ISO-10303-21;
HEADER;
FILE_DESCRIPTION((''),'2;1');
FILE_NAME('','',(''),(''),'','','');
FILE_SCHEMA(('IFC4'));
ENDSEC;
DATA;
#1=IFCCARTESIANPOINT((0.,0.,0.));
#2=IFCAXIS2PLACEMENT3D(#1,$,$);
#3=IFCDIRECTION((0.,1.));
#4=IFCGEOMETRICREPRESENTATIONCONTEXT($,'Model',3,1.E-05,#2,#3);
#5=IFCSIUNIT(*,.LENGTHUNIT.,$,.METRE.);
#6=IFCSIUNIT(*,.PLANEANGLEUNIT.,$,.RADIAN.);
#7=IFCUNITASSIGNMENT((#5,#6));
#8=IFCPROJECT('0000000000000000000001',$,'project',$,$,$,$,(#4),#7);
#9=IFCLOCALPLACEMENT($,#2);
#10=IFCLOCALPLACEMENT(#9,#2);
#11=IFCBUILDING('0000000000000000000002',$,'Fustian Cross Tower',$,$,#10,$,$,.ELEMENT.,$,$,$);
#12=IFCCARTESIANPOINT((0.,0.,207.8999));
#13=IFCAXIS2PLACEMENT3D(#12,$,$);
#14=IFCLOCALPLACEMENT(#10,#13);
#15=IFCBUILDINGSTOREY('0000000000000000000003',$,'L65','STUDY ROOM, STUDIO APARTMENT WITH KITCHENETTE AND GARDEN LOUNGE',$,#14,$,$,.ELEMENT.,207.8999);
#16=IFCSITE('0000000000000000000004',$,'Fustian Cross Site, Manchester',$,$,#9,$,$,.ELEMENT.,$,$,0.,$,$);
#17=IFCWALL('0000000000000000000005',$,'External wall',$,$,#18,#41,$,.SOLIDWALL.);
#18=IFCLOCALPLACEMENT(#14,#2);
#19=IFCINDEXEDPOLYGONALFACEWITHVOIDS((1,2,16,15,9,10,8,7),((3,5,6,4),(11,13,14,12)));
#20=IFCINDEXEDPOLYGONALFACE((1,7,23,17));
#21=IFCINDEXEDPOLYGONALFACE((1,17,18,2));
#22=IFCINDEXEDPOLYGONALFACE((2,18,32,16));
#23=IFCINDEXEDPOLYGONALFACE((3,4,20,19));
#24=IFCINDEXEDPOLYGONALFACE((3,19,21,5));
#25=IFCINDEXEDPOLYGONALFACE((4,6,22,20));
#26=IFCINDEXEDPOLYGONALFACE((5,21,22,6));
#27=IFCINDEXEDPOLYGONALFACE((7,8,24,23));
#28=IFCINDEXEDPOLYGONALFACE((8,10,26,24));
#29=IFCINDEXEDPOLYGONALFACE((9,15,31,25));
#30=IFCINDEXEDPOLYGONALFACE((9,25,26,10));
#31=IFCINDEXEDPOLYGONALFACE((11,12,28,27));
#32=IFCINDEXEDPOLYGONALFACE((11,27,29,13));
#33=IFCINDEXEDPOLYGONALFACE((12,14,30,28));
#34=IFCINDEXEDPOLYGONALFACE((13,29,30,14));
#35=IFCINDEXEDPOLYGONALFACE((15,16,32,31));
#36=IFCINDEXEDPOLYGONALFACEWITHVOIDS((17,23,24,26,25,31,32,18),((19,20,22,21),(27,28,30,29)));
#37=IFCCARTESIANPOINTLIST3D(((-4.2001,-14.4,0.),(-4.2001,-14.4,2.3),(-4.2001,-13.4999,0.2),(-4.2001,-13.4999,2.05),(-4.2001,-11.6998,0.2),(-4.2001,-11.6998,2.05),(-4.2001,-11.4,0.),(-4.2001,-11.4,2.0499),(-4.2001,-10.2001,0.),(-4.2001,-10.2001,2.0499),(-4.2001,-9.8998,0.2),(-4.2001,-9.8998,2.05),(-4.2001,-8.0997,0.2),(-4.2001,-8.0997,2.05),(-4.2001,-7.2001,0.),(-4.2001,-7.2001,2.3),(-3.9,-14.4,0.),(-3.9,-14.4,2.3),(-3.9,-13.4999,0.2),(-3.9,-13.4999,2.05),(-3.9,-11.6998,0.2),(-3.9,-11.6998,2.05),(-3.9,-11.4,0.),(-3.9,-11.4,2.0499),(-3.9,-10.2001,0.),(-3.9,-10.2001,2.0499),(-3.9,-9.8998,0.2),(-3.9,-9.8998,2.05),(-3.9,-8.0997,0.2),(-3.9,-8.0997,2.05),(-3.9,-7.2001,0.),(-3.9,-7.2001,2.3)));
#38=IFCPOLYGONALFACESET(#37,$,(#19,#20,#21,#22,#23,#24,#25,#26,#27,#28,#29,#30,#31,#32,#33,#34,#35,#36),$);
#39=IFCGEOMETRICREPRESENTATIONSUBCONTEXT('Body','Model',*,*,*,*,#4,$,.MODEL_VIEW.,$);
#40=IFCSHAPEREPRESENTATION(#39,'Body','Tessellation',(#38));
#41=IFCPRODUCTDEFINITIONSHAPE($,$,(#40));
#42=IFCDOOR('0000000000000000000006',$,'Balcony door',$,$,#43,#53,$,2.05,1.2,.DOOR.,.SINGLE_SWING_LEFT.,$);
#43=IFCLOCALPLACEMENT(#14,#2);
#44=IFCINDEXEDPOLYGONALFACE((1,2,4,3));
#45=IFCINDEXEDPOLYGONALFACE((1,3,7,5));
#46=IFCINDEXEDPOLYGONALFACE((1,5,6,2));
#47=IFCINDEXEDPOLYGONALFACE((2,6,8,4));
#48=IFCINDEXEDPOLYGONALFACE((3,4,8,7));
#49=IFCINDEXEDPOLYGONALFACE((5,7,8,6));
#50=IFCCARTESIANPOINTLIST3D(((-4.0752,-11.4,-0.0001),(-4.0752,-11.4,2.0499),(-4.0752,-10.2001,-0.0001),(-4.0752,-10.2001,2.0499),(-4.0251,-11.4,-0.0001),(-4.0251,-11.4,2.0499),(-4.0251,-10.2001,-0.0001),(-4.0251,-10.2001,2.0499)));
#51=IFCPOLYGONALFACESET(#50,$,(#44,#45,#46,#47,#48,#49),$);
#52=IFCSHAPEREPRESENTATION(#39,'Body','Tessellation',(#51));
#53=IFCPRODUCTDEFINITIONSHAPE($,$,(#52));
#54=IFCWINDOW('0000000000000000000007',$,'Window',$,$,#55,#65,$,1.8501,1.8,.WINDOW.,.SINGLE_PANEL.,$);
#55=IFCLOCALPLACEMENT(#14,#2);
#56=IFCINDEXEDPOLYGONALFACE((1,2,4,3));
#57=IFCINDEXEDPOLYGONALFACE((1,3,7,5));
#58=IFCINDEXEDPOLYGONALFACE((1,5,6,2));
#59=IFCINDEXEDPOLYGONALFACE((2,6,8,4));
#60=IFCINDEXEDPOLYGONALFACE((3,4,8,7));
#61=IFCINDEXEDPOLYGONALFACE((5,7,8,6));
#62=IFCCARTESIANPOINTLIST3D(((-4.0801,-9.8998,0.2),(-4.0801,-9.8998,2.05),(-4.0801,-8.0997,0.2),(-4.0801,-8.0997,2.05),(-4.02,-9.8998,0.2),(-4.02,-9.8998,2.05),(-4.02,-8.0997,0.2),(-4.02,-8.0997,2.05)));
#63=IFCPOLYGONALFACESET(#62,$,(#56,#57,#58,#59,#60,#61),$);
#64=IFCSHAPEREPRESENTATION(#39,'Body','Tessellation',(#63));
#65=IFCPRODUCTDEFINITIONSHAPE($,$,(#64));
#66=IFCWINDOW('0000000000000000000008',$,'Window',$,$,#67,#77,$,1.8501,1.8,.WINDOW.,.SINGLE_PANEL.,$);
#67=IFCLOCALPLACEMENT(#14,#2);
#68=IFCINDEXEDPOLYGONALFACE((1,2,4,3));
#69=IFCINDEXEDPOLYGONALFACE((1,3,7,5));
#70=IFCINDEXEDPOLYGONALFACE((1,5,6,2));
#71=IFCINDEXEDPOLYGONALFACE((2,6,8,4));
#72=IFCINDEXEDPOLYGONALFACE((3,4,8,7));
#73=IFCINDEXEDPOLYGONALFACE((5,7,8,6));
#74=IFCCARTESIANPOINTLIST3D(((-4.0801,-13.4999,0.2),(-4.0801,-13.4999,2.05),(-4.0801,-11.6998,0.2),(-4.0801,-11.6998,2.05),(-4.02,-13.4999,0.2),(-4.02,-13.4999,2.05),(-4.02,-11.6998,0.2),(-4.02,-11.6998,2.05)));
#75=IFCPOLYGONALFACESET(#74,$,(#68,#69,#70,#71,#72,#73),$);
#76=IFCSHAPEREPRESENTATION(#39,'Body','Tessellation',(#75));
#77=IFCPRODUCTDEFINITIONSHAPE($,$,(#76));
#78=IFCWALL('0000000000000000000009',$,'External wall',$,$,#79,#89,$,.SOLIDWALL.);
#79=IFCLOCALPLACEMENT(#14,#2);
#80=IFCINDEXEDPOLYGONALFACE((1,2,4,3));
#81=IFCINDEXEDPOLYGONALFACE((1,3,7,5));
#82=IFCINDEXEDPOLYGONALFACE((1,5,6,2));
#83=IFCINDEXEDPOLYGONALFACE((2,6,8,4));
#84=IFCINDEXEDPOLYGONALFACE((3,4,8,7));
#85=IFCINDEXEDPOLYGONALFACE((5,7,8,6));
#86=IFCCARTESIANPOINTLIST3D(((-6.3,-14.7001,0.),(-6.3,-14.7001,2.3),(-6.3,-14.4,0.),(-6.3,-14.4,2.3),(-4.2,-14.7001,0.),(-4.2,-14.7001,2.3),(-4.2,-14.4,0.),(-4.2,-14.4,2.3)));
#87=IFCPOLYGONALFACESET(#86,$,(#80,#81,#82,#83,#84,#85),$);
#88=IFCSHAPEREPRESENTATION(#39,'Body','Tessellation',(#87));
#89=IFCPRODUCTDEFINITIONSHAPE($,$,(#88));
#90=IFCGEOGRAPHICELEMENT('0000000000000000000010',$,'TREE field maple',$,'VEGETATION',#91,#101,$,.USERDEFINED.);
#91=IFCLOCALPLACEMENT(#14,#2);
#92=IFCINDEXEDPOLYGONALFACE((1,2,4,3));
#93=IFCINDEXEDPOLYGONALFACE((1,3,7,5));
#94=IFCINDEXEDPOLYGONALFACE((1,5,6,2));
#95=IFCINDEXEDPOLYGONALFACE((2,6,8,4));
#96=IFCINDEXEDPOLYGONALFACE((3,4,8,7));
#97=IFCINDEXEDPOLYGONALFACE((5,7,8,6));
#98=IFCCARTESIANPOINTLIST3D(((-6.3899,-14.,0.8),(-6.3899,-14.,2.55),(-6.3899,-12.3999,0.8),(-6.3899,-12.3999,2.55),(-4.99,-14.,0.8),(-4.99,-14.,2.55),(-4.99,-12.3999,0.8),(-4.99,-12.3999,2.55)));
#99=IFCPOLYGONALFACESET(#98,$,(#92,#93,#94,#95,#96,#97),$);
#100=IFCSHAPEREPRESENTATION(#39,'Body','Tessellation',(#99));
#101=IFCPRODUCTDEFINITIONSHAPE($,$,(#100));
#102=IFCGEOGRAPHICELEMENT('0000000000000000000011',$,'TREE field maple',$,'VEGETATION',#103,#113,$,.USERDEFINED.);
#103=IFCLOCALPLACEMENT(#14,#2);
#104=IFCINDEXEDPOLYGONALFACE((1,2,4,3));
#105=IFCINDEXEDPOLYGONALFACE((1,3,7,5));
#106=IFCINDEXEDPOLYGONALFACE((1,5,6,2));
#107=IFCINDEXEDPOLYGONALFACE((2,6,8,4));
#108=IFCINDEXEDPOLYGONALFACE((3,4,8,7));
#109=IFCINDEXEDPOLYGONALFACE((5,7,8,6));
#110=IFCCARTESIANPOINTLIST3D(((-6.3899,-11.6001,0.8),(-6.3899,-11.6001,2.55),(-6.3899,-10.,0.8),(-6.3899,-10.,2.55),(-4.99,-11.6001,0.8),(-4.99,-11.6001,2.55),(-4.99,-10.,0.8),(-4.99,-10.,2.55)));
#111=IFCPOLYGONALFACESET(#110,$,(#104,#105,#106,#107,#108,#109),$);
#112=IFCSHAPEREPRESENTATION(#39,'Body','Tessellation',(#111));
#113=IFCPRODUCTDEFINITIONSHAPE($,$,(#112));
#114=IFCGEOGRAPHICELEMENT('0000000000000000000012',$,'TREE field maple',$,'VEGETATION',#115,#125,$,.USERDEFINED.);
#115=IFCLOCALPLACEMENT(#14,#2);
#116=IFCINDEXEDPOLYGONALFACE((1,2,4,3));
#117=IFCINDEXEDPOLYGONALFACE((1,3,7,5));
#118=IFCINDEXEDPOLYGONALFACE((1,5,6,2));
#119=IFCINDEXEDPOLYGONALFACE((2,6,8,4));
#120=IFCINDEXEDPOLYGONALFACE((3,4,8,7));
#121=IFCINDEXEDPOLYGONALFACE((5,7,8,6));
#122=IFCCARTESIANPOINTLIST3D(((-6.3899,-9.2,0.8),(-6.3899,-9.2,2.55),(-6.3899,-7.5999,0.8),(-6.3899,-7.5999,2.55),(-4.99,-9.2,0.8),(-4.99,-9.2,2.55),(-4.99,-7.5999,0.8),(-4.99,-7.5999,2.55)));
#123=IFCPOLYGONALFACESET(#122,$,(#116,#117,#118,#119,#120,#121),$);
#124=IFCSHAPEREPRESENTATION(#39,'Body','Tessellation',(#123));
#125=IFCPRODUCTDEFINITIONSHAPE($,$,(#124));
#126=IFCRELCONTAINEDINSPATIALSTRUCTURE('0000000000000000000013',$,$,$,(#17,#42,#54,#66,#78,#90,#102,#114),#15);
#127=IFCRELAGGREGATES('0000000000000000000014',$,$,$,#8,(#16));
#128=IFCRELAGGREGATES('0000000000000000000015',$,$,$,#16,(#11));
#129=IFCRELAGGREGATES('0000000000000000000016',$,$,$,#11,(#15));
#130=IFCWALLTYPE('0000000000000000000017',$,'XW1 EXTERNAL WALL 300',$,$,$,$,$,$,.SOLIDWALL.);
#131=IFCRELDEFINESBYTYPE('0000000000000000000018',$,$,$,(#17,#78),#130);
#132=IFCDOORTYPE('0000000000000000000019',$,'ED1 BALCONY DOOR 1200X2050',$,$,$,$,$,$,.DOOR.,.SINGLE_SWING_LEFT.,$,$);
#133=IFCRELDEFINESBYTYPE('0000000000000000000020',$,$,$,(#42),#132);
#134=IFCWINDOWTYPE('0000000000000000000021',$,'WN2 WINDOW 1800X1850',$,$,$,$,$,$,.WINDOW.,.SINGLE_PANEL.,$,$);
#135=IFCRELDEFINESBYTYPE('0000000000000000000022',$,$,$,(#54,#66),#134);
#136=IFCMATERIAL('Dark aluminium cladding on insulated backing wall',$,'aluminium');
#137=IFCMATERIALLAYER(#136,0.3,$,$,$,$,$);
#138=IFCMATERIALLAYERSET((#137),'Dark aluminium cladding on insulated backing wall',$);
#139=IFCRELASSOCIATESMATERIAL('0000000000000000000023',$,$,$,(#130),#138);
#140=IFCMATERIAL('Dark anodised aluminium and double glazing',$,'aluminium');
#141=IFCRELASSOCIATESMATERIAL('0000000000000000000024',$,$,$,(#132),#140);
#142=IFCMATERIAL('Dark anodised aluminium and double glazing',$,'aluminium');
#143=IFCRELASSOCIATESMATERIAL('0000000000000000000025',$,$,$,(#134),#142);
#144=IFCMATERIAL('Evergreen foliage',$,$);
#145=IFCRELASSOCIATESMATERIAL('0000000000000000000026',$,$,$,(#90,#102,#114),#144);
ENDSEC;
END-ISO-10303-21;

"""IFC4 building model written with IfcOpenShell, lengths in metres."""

from ifc_helpers import new_model, si_unit, direction, frame, frame_2d, origin, origin_2d, place, context, subcontext, project, spatial, rectangle, extrude, material, layer, layer_set, type_object, element, fill, save


model = new_model("IFC4")

# Units and contexts
model_context = context("Model", 3, precision=1e-05, world=origin(), true_north=direction((0.0, 1.0)))
body_context = subcontext(model_context, "Body", "Model", "MODEL_VIEW")
ifc_project = project(units=[si_unit("LENGTHUNIT", "METRE"), si_unit("PLANEANGLEUNIT", "RADIAN")], contexts=[model_context])

# Site, building, storey
site_placement = place(None, origin())
site = spatial("IfcSite", under=ifc_project, at=site_placement, Name="Fustian Cross Site, Manchester", CompositionType="ELEMENT", RefElevation=0.0)
building_placement = place(site_placement, origin())
building = spatial("IfcBuilding", under=site, at=building_placement, Name="Fustian Cross Tower", CompositionType="ELEMENT")
storey_placement = place(building_placement, frame((0.0, 0.0, 207.8999)))
storey = spatial("IfcBuildingStorey", under=building, at=storey_placement, Name="L65", Description="STUDY ROOM, STUDIO APARTMENT WITH KITCHENETTE AND GARDEN LOUNGE", CompositionType="ELEMENT", Elevation=207.8999)

# Wall, openings, door, windows
ifc_material_1 = material(Name="Dark aluminium cladding on insulated backing wall", Category="aluminium")
ifc_layer_1 = layer(ifc_material_1, 0.3)
ifc_layer_set_1 = layer_set([ifc_layer_1], Name="Dark aluminium cladding on insulated backing wall")
wall_type_1 = type_object("IfcWallType", Name="XW1 EXTERNAL WALL 300", PredefinedType="SOLIDWALL", material=ifc_layer_set_1)
wall_1_placement = place(storey_placement, frame((-4.05, -7.2, 0.0), z_axis=(0.0, 0.0, 1.0), x_axis=(0.0, -1.0, 0.0)))
wall_1 = element("IfcWall", 1, at=wall_1_placement, inside=storey, type_object=wall_type_1, Name="External wall", PredefinedType="SOLIDWALL", context=body_context, shape_type="SweptSolid", body=[
    extrude(rectangle(XDim=7.2, YDim=0.3, at=frame_2d((3.6001, 0.0))), origin(), (0.0, 0.0, 1.0), 2.3),
])
opening_1_placement = place(wall_1_placement, frame((3.0, 0.0, 0.0)))
opening_1 = element("IfcOpeningElement", 2, at=opening_1_placement, cuts=wall_1, PredefinedType="OPENING", context=body_context, shape_type="SweptSolid", body=[
    extrude(rectangle(XDim=1.2, YDim=2.05, at=frame_2d((0.6001, 1.0249))), frame((0.0, 0.1599, 0.0), z_axis=(0.0, -1.0, 0.0), x_axis=(1.0, 0.0, 0.0)), (0.0, 0.0, 1.0), 0.3201),
])
opening_2_placement = place(wall_1_placement, frame((0.8999, 0.0, 0.2)))
opening_2 = element("IfcOpeningElement", 3, at=opening_2_placement, cuts=wall_1, PredefinedType="OPENING", context=body_context, shape_type="SweptSolid", body=[
    extrude(rectangle(XDim=1.8, YDim=1.8501, at=frame_2d((0.8999, 0.925))), frame((0.0, 0.1599, 0.0), z_axis=(0.0, -1.0, 0.0), x_axis=(1.0, 0.0, 0.0)), (0.0, 0.0, 1.0), 0.3201),
])
opening_3_placement = place(wall_1_placement, frame((4.5, 0.0, 0.2)))
opening_3 = element("IfcOpeningElement", 4, at=opening_3_placement, cuts=wall_1, PredefinedType="OPENING", context=body_context, shape_type="SweptSolid", body=[
    extrude(rectangle(XDim=1.8, YDim=1.8501, at=frame_2d((0.8999, 0.925))), frame((0.0, 0.1599, 0.0), z_axis=(0.0, -1.0, 0.0), x_axis=(1.0, 0.0, 0.0)), (0.0, 0.0, 1.0), 0.3201),
])
ifc_material_2 = material(Name="Dark anodised aluminium and double glazing", Category="aluminium")
door_type = type_object("IfcDoorType", Name="ED1 BALCONY DOOR 1200X2050", OperationType="SINGLE_SWING_LEFT", PredefinedType="DOOR", material=ifc_material_2)
door_placement = place(opening_1_placement, origin())
door = element("IfcDoor", 5, at=door_placement, inside=storey, type_object=door_type, Name="Balcony door", OperationType="SINGLE_SWING_LEFT", OverallHeight=2.05, OverallWidth=1.2, PredefinedType="DOOR", context=body_context, shape_type="SweptSolid", body=[
    extrude(rectangle(XDim=1.2, YDim=2.05, at=frame_2d((0.6001, 1.0249))), frame((0.0, 0.0249, 0.0), z_axis=(0.0, -1.0, 0.0), x_axis=(1.0, 0.0, 0.0)), (0.0, 0.0, 1.0), 0.05),
])
fill(opening_1, door)
ifc_material_3 = material(Name="Dark anodised aluminium and double glazing", Category="aluminium")
window_type = type_object("IfcWindowType", Name="WN2 WINDOW 1800X1850", PartitioningType="SINGLE_PANEL", PredefinedType="WINDOW", material=ifc_material_3)
window_1_placement = place(opening_2_placement, origin())
window_1 = element("IfcWindow", 6, at=window_1_placement, inside=storey, type_object=window_type, Name="Window", OverallHeight=1.8501, OverallWidth=1.8, PartitioningType="SINGLE_PANEL", PredefinedType="WINDOW", context=body_context, shape_type="SweptSolid", body=[
    extrude(rectangle(XDim=1.8, YDim=1.8501, at=frame_2d((0.8999, 0.925))), frame((0.0, 0.03, 0.0), z_axis=(0.0, -1.0, 0.0), x_axis=(1.0, 0.0, 0.0)), (0.0, 0.0, 1.0), 0.0601),
])
fill(opening_2, window_1)
window_2_placement = place(opening_3_placement, origin())
window_2 = element("IfcWindow", 7, at=window_2_placement, inside=storey, type_object=window_type, Name="Window", OverallHeight=1.8501, OverallWidth=1.8, PartitioningType="SINGLE_PANEL", PredefinedType="WINDOW", context=body_context, shape_type="SweptSolid", body=[
    extrude(rectangle(XDim=1.8, YDim=1.8501, at=frame_2d((0.8999, 0.925))), frame((0.0, 0.03, 0.0), z_axis=(0.0, -1.0, 0.0), x_axis=(1.0, 0.0, 0.0)), (0.0, 0.0, 1.0), 0.0601),
])
fill(opening_3, window_2)

# Wall
wall_2_placement = place(storey_placement, frame((-4.2, -14.55, 0.0), z_axis=(0.0, 0.0, 1.0), x_axis=(-1.0, 0.0, 0.0)))
element("IfcWall", 8, at=wall_2_placement, inside=storey, type_object=wall_type_1, Name="External wall", PredefinedType="SOLIDWALL", context=body_context, shape_type="SweptSolid", body=[
    extrude(rectangle(XDim=2.1001, YDim=0.3, at=frame_2d((1.05, 0.0))), origin(), (0.0, 0.0, 1.0), 2.3),
])

# Geographic elements
ifc_material_4 = material(Name="Evergreen foliage")
for number, where, z_axis, x_axis, name in (
    (9, (-5.6899, -13.2, 0.8), (0.0, 0.0, 1.0), (1.0, 0.0, 0.0), "TREE field maple"),
    (10, (-5.6899, -10.8, 0.8), (0.0, 0.0, 1.0), (1.0, 0.0, 0.0), "TREE field maple"),
    (11, (-5.6899, -8.3999, 0.8), (0.0, 0.0, 1.0), (1.0, 0.0, 0.0), "TREE field maple"),
):
    element("IfcGeographicElement", number, at=place(storey_placement, frame(where, z_axis=z_axis, x_axis=x_axis)), inside=storey, material=ifc_material_4, Name=name, ObjectType="VEGETATION", PredefinedType="USERDEFINED", context=body_context, shape_type="SweptSolid", body=[
        extrude(rectangle(XDim=1.3999, YDim=1.6001, at=origin_2d()), origin(), (0.0, 0.0, 1.0), 1.75),
    ])

save(model, "model.ifc")
